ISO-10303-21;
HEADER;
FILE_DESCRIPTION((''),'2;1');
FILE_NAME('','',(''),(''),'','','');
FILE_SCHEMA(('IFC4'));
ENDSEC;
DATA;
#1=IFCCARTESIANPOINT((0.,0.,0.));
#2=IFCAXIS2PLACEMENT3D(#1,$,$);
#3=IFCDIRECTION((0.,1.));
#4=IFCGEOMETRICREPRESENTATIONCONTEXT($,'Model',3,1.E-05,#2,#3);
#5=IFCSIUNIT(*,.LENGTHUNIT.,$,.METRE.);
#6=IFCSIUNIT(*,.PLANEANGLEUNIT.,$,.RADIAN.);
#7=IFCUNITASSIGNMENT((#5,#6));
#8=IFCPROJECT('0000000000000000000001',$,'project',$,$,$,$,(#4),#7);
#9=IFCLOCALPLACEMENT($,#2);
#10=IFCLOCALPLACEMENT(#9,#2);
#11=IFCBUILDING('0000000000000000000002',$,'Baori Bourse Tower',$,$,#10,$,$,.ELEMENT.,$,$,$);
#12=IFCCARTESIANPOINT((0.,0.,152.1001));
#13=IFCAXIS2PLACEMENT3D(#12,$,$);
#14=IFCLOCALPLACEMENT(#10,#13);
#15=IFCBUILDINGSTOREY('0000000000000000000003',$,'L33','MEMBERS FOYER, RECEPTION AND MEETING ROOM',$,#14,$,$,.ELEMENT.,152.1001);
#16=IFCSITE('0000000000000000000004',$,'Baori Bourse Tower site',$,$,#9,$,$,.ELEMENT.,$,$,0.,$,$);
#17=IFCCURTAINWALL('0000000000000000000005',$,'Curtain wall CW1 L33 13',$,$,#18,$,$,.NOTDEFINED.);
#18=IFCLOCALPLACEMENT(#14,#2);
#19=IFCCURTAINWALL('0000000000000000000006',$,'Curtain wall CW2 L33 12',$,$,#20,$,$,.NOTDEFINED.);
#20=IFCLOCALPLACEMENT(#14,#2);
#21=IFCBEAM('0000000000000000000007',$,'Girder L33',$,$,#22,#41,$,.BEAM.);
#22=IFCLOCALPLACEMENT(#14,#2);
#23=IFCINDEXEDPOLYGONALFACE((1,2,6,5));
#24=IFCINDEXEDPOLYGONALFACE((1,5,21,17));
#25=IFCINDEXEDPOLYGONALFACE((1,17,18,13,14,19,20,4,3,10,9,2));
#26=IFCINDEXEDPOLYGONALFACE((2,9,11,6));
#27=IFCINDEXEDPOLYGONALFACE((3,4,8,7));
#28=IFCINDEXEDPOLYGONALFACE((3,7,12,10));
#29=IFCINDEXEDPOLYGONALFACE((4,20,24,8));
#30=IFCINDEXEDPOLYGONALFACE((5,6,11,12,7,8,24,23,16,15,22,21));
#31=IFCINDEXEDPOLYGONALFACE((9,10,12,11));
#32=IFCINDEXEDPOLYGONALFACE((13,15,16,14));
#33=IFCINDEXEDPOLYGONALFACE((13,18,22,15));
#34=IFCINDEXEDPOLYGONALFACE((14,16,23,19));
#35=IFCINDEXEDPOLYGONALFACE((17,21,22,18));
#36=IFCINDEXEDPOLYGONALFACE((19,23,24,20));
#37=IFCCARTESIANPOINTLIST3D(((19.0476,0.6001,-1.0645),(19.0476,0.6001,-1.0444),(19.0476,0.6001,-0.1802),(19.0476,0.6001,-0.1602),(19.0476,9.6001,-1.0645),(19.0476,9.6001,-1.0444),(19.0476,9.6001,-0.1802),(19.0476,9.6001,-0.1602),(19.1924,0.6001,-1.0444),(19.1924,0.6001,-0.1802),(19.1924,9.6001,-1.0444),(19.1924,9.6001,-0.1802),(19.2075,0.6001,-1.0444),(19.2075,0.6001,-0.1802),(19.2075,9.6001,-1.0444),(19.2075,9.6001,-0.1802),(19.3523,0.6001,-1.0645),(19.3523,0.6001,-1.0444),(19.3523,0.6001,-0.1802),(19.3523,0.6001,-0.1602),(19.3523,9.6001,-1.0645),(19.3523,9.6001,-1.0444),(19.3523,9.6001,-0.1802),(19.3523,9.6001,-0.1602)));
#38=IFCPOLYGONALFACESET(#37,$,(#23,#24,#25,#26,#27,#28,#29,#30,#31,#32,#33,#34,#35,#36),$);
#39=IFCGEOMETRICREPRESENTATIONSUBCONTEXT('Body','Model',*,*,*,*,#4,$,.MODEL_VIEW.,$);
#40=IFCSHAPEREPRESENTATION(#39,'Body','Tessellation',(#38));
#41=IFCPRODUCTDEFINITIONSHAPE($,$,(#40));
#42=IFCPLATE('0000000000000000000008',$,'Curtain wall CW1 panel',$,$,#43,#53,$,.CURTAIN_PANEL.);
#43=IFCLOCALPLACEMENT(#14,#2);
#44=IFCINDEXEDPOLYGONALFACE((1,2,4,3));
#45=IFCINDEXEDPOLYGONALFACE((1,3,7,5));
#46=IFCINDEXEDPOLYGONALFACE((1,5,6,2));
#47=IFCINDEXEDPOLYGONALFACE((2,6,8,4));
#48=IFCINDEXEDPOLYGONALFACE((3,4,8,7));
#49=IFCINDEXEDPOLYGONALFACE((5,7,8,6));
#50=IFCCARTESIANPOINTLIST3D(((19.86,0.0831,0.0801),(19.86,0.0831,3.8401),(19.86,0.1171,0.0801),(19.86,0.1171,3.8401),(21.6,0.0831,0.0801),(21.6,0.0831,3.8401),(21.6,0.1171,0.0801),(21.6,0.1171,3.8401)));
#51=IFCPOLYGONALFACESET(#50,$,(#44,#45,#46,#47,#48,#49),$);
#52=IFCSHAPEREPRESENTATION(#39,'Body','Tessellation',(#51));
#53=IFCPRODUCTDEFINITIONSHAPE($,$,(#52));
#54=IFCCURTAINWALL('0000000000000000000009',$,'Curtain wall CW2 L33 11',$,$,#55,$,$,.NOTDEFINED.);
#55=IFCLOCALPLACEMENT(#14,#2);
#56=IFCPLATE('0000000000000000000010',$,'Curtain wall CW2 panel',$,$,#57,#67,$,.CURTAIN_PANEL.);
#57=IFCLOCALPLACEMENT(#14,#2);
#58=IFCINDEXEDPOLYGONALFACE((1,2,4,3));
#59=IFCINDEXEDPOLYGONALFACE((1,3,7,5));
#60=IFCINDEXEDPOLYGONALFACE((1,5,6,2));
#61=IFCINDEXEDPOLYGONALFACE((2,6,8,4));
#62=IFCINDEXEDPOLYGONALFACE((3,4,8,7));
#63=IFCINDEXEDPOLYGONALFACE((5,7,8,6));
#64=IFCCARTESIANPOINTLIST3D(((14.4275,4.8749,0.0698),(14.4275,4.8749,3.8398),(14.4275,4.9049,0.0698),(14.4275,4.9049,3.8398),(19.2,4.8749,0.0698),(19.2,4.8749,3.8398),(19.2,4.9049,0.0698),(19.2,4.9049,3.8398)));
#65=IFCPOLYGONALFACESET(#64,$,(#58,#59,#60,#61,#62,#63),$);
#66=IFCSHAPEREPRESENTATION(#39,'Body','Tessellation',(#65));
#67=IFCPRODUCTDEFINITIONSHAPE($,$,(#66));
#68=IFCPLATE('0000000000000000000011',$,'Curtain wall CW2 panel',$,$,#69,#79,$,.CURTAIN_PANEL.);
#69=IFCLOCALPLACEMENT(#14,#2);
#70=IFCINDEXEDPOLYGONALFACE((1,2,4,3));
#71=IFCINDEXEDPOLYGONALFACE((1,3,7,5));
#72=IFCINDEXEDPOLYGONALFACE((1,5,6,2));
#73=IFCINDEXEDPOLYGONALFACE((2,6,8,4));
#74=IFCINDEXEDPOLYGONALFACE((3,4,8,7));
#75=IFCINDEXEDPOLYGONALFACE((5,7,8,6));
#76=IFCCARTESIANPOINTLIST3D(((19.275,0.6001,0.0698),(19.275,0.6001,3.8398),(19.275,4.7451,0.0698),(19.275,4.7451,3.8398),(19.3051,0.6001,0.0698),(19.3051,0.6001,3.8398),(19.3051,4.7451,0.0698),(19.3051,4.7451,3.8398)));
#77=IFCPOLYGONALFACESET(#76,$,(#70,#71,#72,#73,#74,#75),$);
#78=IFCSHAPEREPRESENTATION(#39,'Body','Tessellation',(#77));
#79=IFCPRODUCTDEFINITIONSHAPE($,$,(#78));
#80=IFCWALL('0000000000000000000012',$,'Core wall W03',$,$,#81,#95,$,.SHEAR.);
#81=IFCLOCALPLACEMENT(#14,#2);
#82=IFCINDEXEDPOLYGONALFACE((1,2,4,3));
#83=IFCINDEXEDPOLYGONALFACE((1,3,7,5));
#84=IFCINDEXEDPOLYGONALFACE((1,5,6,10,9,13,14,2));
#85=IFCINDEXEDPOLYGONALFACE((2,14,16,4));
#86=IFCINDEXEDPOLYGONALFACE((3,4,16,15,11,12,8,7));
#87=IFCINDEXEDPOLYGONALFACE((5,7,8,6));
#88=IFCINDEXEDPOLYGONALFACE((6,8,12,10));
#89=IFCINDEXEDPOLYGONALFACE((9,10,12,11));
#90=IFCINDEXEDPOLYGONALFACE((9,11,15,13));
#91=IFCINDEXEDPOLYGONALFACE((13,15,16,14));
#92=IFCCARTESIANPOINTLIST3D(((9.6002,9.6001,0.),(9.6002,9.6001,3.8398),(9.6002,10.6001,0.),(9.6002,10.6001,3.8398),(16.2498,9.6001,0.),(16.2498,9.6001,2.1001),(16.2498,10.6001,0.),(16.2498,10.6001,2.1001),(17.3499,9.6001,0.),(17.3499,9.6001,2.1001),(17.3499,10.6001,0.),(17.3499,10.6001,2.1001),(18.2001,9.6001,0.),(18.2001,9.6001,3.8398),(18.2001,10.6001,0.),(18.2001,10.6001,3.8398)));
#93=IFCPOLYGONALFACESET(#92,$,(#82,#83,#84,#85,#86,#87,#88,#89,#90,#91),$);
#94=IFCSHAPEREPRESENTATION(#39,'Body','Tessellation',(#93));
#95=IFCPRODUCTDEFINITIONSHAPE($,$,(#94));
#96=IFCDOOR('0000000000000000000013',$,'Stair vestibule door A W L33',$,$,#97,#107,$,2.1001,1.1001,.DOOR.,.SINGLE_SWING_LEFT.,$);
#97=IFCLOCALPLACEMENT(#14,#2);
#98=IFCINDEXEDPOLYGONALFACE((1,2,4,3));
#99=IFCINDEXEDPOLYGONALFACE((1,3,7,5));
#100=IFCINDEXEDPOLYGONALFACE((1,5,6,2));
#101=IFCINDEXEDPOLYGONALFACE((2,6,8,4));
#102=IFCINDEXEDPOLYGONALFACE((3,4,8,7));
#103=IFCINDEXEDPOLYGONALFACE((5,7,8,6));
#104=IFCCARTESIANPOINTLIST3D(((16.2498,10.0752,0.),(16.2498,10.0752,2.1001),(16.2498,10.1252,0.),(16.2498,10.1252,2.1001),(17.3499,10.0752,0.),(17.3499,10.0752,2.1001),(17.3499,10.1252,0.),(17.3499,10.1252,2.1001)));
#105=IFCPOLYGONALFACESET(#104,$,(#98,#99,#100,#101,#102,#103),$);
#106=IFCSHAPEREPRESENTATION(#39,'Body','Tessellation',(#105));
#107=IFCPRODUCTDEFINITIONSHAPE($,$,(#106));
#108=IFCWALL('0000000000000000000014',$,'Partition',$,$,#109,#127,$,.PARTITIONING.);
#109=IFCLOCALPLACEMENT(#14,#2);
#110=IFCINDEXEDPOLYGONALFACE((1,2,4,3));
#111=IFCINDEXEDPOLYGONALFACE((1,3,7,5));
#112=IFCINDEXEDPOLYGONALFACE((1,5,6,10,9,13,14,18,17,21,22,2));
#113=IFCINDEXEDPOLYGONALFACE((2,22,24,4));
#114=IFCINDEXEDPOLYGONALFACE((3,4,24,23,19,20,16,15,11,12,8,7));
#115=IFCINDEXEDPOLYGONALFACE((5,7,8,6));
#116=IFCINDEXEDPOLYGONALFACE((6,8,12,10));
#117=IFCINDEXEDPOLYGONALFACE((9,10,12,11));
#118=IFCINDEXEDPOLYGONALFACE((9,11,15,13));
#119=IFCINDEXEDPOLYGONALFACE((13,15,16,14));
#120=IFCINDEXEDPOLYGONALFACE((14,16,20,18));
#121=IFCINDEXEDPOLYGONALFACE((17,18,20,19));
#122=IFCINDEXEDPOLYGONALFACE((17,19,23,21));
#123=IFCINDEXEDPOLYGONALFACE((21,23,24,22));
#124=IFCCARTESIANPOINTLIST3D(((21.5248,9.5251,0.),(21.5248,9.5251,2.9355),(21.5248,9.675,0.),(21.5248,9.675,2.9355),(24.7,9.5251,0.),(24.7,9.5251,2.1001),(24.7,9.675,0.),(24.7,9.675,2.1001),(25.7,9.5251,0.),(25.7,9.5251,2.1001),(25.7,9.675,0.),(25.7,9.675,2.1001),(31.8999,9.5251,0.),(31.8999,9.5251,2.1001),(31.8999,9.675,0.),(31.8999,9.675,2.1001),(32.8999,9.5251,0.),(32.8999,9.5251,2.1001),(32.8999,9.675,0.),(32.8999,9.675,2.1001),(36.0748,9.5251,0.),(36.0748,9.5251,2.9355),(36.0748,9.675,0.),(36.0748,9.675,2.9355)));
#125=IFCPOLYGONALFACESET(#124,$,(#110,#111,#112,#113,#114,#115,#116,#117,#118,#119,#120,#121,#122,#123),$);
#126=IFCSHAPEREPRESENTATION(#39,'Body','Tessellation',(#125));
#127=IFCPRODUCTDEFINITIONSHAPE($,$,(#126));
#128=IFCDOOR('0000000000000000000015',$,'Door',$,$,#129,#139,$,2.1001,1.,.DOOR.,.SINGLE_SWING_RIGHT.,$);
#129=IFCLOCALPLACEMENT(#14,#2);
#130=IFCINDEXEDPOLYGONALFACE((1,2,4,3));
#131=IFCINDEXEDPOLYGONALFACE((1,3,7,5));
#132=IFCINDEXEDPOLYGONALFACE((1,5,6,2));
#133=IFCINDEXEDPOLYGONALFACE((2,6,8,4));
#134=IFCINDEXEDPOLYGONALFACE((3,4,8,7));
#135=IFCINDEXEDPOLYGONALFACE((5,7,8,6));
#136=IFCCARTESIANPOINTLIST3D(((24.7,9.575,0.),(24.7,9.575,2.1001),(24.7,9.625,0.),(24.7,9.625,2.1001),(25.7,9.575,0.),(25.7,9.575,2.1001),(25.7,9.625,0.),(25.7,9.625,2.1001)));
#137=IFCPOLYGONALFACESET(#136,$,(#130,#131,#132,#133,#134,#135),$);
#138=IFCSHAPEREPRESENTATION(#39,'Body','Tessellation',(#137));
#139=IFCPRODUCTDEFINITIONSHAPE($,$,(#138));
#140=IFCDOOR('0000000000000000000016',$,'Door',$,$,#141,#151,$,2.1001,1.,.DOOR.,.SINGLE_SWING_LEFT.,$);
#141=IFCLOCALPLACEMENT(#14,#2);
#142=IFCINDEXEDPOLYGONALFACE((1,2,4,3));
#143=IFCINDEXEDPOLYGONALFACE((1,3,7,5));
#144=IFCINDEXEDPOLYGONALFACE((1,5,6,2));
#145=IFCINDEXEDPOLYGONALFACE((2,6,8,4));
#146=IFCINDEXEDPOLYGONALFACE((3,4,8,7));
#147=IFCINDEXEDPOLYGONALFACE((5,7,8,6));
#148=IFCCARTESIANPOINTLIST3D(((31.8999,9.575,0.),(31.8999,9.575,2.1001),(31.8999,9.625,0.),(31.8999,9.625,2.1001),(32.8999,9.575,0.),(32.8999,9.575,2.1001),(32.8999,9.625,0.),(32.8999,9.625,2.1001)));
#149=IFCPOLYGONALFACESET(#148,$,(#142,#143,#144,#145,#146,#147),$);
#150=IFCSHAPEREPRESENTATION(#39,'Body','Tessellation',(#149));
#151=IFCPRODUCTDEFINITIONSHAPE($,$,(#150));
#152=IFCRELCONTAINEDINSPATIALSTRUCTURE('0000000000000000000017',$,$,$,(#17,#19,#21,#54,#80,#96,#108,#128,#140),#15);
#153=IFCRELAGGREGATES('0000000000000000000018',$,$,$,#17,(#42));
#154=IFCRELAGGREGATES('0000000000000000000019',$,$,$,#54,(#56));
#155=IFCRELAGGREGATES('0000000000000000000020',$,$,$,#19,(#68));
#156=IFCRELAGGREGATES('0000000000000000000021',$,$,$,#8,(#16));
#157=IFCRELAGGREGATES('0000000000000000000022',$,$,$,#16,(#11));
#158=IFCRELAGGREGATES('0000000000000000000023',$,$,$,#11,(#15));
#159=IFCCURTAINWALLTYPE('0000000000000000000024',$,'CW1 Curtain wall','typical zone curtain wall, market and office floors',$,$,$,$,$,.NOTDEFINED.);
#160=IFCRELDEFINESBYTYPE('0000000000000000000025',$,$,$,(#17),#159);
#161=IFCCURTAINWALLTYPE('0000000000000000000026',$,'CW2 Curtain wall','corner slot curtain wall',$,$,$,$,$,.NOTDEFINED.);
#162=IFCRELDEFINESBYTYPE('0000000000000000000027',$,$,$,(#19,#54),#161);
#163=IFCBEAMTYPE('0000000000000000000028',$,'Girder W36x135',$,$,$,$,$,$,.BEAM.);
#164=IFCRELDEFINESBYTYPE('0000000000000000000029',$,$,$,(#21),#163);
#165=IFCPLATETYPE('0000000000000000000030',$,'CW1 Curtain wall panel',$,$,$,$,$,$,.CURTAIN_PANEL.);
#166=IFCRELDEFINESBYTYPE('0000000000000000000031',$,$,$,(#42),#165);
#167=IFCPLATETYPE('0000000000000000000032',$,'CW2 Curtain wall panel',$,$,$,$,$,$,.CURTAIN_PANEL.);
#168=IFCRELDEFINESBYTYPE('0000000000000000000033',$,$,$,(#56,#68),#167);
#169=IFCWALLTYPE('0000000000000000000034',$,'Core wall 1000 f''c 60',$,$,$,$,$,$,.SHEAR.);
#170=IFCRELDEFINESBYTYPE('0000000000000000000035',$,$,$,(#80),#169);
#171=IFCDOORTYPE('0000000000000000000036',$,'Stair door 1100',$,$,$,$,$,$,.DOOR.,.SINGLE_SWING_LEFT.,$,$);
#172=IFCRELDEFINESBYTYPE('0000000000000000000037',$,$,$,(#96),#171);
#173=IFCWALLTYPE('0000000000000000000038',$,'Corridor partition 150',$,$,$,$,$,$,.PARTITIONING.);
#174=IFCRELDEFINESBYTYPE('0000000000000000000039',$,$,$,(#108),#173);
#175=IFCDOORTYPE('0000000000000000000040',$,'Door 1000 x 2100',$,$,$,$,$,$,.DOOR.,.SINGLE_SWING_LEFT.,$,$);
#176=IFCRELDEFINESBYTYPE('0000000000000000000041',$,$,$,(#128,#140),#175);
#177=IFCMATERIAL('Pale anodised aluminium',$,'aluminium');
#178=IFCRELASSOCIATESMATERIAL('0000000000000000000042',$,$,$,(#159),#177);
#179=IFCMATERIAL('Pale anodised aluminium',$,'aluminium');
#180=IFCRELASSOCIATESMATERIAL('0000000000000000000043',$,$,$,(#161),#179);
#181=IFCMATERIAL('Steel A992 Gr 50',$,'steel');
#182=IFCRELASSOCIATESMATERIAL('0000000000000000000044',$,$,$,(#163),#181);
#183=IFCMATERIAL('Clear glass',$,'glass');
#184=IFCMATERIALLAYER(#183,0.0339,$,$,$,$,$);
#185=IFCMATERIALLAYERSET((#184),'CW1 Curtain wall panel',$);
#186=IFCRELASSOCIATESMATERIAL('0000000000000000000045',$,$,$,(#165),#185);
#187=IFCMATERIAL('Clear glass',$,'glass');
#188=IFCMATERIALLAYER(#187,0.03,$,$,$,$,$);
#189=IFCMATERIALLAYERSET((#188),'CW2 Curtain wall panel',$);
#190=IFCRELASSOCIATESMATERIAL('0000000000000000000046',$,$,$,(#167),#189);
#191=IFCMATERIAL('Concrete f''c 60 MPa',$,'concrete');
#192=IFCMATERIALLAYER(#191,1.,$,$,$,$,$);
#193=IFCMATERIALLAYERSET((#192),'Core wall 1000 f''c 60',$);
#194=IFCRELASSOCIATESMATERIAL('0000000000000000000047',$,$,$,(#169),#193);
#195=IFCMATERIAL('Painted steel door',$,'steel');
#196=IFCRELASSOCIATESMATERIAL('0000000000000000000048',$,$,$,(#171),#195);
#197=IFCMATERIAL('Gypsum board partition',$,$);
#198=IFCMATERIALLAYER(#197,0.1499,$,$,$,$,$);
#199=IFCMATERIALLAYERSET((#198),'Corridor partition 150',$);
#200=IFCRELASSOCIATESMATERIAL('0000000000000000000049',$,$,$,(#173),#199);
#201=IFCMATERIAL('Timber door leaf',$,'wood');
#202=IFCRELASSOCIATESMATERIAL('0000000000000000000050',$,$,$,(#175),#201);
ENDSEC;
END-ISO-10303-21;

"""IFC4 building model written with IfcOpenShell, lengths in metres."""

from ifc_helpers import new_model, si_unit, direction, frame, frame_2d, origin, origin_2d, place, context, subcontext, project, spatial, rectangle, i_section, extrude, material, layer, layer_set, material_profile, profile_set, type_object, element, fill, aggregate, save


model = new_model("IFC4")

# Units and contexts
model_context = context("Model", 3, precision=1e-05, world=origin(), true_north=direction((0.0, 1.0)))
body_context = subcontext(model_context, "Body", "Model", "MODEL_VIEW")
ifc_project = project(units=[si_unit("LENGTHUNIT", "METRE"), si_unit("PLANEANGLEUNIT", "RADIAN")], contexts=[model_context])

# Site, building, storey
site_placement = place(None, origin())
site = spatial("IfcSite", under=ifc_project, at=site_placement, Name="Baori Bourse Tower site", CompositionType="ELEMENT", RefElevation=0.0)
building_placement = place(site_placement, origin())
building = spatial("IfcBuilding", under=site, at=building_placement, Name="Baori Bourse Tower", CompositionType="ELEMENT")
storey_placement = place(building_placement, frame((0.0, 0.0, 152.1001)))
storey = spatial("IfcBuildingStorey", under=building, at=storey_placement, Name="L33", Description="MEMBERS FOYER, RECEPTION AND MEETING ROOM", CompositionType="ELEMENT", Elevation=152.1001)

# Curtain walls
ifc_material_1 = material(Name="Pale anodised aluminium", Category="aluminium")
curtain_wall_type_1 = type_object("IfcCurtainWallType", Name="CW1 Curtain wall", Description="typical zone curtain wall, market and office floors", PredefinedType="NOTDEFINED", material=ifc_material_1)
curtain_wall_1_placement = place(storey_placement, origin())
curtain_wall_1 = element("IfcCurtainWall", 1, at=curtain_wall_1_placement, inside=storey, type_object=curtain_wall_type_1, Name="Curtain wall CW1 L33 13", PredefinedType="NOTDEFINED")
ifc_material_2 = material(Name="Pale anodised aluminium", Category="aluminium")
curtain_wall_type_2 = type_object("IfcCurtainWallType", Name="CW2 Curtain wall", Description="corner slot curtain wall", PredefinedType="NOTDEFINED", material=ifc_material_2)
curtain_wall_2_placement = place(storey_placement, origin())
curtain_wall_2 = element("IfcCurtainWall", 2, at=curtain_wall_2_placement, inside=storey, type_object=curtain_wall_type_2, Name="Curtain wall CW2 L33 12", PredefinedType="NOTDEFINED")

# Beam
ifc_material_3 = material(Name="Steel A992 Gr 50", Category="steel")
ifc_material_profile_1 = material_profile(ifc_material_3, i_section(OverallWidth=0.3047, OverallDepth=0.9043, WebThickness=0.0151, FlangeThickness=0.02, at=origin_2d()), Name="W36x135")
ifc_profile_set_1 = profile_set([ifc_material_profile_1], Name="Steel A992 Gr 50")
beam_type_1 = type_object("IfcBeamType", Name="Girder W36x135", PredefinedType="BEAM", material=ifc_profile_set_1)
beam_1_placement = place(storey_placement, frame((19.2, 0.6001, -0.6123), z_axis=(0.0, 1.0, 0.0), x_axis=(-1.0, 0.0, 0.0)))
element("IfcBeam", 3, at=beam_1_placement, inside=storey, type_object=beam_type_1, Name="Girder L33", PredefinedType="BEAM", context=body_context, shape_type="SweptSolid", body=[
    extrude(i_section(OverallWidth=0.3047, OverallDepth=0.9043, WebThickness=0.0151, FlangeThickness=0.02, at=origin_2d()), origin(), (0.0, 0.0, 1.0), 9.0),
])

# Plate
ifc_material_4 = material(Name="Clear glass", Category="glass")
ifc_layer_1 = layer(ifc_material_4, 0.0339)
ifc_layer_set_1 = layer_set([ifc_layer_1], Name="CW1 Curtain wall panel")
plate_type_1 = type_object("IfcPlateType", Name="CW1 Curtain wall panel", PredefinedType="CURTAIN_PANEL", material=ifc_layer_set_1)
plate_1_placement = place(storey_placement, frame((20.73, 0.1001, 0.0801), z_axis=(0.0, 0.0, 1.0), x_axis=(1.0, 0.0, 0.0)))
plate_1 = element("IfcPlate", 4, at=plate_1_placement, type_object=plate_type_1, Name="Curtain wall CW1 panel", PredefinedType="CURTAIN_PANEL", context=body_context, shape_type="SweptSolid", body=[
    extrude(rectangle(XDim=1.74, YDim=0.0339, at=origin_2d()), origin(), (0.0, 0.0, 1.0), 3.76),
])
aggregate(curtain_wall_1, [plate_1])

# Curtain wall, plate
curtain_wall_3_placement = place(storey_placement, origin())
curtain_wall_3 = element("IfcCurtainWall", 5, at=curtain_wall_3_placement, inside=storey, type_object=curtain_wall_type_2, Name="Curtain wall CW2 L33 11", PredefinedType="NOTDEFINED")
ifc_material_5 = material(Name="Clear glass", Category="glass")
ifc_layer_2 = layer(ifc_material_5, 0.03)
ifc_layer_set_2 = layer_set([ifc_layer_2], Name="CW2 Curtain wall panel")
plate_type_2 = type_object("IfcPlateType", Name="CW2 Curtain wall panel", PredefinedType="CURTAIN_PANEL", material=ifc_layer_set_2)
plate_2_placement = place(storey_placement, frame((16.8137, 4.8899, 0.0698), z_axis=(0.0, 0.0, 1.0), x_axis=(1.0, 0.0, 0.0)))
plate_2 = element("IfcPlate", 6, at=plate_2_placement, type_object=plate_type_2, Name="Curtain wall CW2 panel", PredefinedType="CURTAIN_PANEL", context=body_context, shape_type="SweptSolid", body=[
    extrude(rectangle(XDim=4.7725, YDim=0.03, at=origin_2d()), origin(), (0.0, 0.0, 1.0), 3.77),
])
aggregate(curtain_wall_3, [plate_2])

# Plate
plate_3_placement = place(storey_placement, frame((19.29, 2.6726, 0.0698), z_axis=(0.0, 0.0, 1.0), x_axis=(0.0, -1.0, 0.0)))
plate_3 = element("IfcPlate", 7, at=plate_3_placement, type_object=plate_type_2, Name="Curtain wall CW2 panel", PredefinedType="CURTAIN_PANEL", context=body_context, shape_type="SweptSolid", body=[
    extrude(rectangle(XDim=4.145, YDim=0.03, at=origin_2d()), origin(), (0.0, 0.0, 1.0), 3.77),
])
aggregate(curtain_wall_2, [plate_3])

# Wall, opening, door
ifc_material_6 = material(Name="Concrete f'c 60 MPa", Category="concrete")
ifc_layer_3 = layer(ifc_material_6, 1.0)
ifc_layer_set_3 = layer_set([ifc_layer_3], Name="Core wall 1000 f'c 60")
wall_type_1 = type_object("IfcWallType", Name="Core wall 1000 f'c 60", PredefinedType="SHEAR", material=ifc_layer_set_3)
wall_1_placement = place(storey_placement, frame((18.2, 10.1001, 0.0), z_axis=(0.0, 0.0, 1.0), x_axis=(-1.0, 0.0, 0.0)))
wall_1 = element("IfcWall", 8, at=wall_1_placement, inside=storey, type_object=wall_type_1, Name="Core wall W03", PredefinedType="SHEAR", context=body_context, shape_type="SweptSolid", body=[
    extrude(rectangle(XDim=8.5999, YDim=1.0, at=frame_2d((4.2998, 0.0))), origin(), (0.0, 0.0, 1.0), 3.8398),
])
opening_1_placement = place(wall_1_placement, frame((0.8501, 0.0, 0.0)))
opening_1 = element("IfcOpeningElement", 9, at=opening_1_placement, cuts=wall_1, PredefinedType="OPENING", context=body_context, shape_type="SweptSolid", body=[
    extrude(rectangle(XDim=1.1001, YDim=2.1001, at=frame_2d((0.55, 1.05))), frame((0.0, 0.51, 0.0), z_axis=(0.0, -1.0, 0.0), x_axis=(1.0, 0.0, 0.0)), (0.0, 0.0, 1.0), 1.02),
])
ifc_material_7 = material(Name="Painted steel door", Category="steel")
door_type_1 = type_object("IfcDoorType", Name="Stair door 1100", OperationType="SINGLE_SWING_LEFT", PredefinedType="DOOR", material=ifc_material_7)
door_1_placement = place(opening_1_placement, origin())
door_1 = element("IfcDoor", 10, at=door_1_placement, inside=storey, type_object=door_type_1, Name="Stair vestibule door A W L33", OperationType="SINGLE_SWING_LEFT", OverallHeight=2.1001, OverallWidth=1.1001, PredefinedType="DOOR", context=body_context, shape_type="SweptSolid", body=[
    extrude(rectangle(XDim=1.1001, YDim=2.1001, at=frame_2d((0.55, 1.05))), frame((0.0, 0.0249, 0.0), z_axis=(0.0, -1.0, 0.0), x_axis=(1.0, 0.0, 0.0)), (0.0, 0.0, 1.0), 0.05),
])
fill(opening_1, door_1)

# Wall, openings, doors
ifc_material_8 = material(Name="Gypsum board partition")
ifc_layer_4 = layer(ifc_material_8, 0.1499)
ifc_layer_set_4 = layer_set([ifc_layer_4], Name="Corridor partition 150")
wall_type_2 = type_object("IfcWallType", Name="Corridor partition 150", PredefinedType="PARTITIONING", material=ifc_layer_set_4)
wall_2_placement = place(storey_placement, frame((21.5249, 9.6001, 0.0), z_axis=(0.0, 0.0, 1.0), x_axis=(1.0, 0.0, 0.0)))
wall_2 = element("IfcWall", 11, at=wall_2_placement, inside=storey, type_object=wall_type_2, Name="Partition", PredefinedType="PARTITIONING", context=body_context, shape_type="SweptSolid", body=[
    extrude(rectangle(XDim=14.55, YDim=0.1499, at=frame_2d((7.2749, 0.0))), origin(), (0.0, 0.0, 1.0), 2.9355),
])
opening_2_placement = place(wall_2_placement, frame((3.175, 0.0, 0.0)))
opening_2 = element("IfcOpeningElement", 12, at=opening_2_placement, cuts=wall_2, PredefinedType="OPENING", context=body_context, shape_type="SweptSolid", body=[
    extrude(rectangle(XDim=1.0, YDim=2.1001, at=frame_2d((0.5, 1.05))), frame((0.0, 0.085, 0.0), z_axis=(0.0, -1.0, 0.0), x_axis=(1.0, 0.0, 0.0)), (0.0, 0.0, 1.0), 0.1699),
])
opening_3_placement = place(wall_2_placement, frame((10.375, 0.0, 0.0)))
opening_3 = element("IfcOpeningElement", 13, at=opening_3_placement, cuts=wall_2, PredefinedType="OPENING", context=body_context, shape_type="SweptSolid", body=[
    extrude(rectangle(XDim=1.0, YDim=2.1001, at=frame_2d((0.5, 1.05))), frame((0.0, 0.085, 0.0), z_axis=(0.0, -1.0, 0.0), x_axis=(1.0, 0.0, 0.0)), (0.0, 0.0, 1.0), 0.1699),
])
ifc_material_9 = material(Name="Timber door leaf", Category="wood")
door_type_2 = type_object("IfcDoorType", Name="Door 1000 x 2100", OperationType="SINGLE_SWING_LEFT", PredefinedType="DOOR", material=ifc_material_9)
door_2_placement = place(opening_2_placement, origin())
door_2 = element("IfcDoor", 14, at=door_2_placement, inside=storey, type_object=door_type_2, Name="Door", OperationType="SINGLE_SWING_RIGHT", OverallHeight=2.1001, OverallWidth=1.0, PredefinedType="DOOR", context=body_context, shape_type="SweptSolid", body=[
    extrude(rectangle(XDim=1.0, YDim=2.1001, at=frame_2d((0.5, 1.05))), frame((0.0, 0.0249, 0.0), z_axis=(0.0, -1.0, 0.0), x_axis=(1.0, 0.0, 0.0)), (0.0, 0.0, 1.0), 0.05),
])
fill(opening_2, door_2)
door_3_placement = place(opening_3_placement, origin())
door_3 = element("IfcDoor", 15, at=door_3_placement, inside=storey, type_object=door_type_2, Name="Door", OperationType="SINGLE_SWING_LEFT", OverallHeight=2.1001, OverallWidth=1.0, PredefinedType="DOOR", context=body_context, shape_type="SweptSolid", body=[
    extrude(rectangle(XDim=1.0, YDim=2.1001, at=frame_2d((0.5, 1.05))), frame((0.0, 0.0249, 0.0), z_axis=(0.0, -1.0, 0.0), x_axis=(1.0, 0.0, 0.0)), (0.0, 0.0, 1.0), 0.05),
])
fill(opening_3, door_3)

save(model, "model.ifc")
